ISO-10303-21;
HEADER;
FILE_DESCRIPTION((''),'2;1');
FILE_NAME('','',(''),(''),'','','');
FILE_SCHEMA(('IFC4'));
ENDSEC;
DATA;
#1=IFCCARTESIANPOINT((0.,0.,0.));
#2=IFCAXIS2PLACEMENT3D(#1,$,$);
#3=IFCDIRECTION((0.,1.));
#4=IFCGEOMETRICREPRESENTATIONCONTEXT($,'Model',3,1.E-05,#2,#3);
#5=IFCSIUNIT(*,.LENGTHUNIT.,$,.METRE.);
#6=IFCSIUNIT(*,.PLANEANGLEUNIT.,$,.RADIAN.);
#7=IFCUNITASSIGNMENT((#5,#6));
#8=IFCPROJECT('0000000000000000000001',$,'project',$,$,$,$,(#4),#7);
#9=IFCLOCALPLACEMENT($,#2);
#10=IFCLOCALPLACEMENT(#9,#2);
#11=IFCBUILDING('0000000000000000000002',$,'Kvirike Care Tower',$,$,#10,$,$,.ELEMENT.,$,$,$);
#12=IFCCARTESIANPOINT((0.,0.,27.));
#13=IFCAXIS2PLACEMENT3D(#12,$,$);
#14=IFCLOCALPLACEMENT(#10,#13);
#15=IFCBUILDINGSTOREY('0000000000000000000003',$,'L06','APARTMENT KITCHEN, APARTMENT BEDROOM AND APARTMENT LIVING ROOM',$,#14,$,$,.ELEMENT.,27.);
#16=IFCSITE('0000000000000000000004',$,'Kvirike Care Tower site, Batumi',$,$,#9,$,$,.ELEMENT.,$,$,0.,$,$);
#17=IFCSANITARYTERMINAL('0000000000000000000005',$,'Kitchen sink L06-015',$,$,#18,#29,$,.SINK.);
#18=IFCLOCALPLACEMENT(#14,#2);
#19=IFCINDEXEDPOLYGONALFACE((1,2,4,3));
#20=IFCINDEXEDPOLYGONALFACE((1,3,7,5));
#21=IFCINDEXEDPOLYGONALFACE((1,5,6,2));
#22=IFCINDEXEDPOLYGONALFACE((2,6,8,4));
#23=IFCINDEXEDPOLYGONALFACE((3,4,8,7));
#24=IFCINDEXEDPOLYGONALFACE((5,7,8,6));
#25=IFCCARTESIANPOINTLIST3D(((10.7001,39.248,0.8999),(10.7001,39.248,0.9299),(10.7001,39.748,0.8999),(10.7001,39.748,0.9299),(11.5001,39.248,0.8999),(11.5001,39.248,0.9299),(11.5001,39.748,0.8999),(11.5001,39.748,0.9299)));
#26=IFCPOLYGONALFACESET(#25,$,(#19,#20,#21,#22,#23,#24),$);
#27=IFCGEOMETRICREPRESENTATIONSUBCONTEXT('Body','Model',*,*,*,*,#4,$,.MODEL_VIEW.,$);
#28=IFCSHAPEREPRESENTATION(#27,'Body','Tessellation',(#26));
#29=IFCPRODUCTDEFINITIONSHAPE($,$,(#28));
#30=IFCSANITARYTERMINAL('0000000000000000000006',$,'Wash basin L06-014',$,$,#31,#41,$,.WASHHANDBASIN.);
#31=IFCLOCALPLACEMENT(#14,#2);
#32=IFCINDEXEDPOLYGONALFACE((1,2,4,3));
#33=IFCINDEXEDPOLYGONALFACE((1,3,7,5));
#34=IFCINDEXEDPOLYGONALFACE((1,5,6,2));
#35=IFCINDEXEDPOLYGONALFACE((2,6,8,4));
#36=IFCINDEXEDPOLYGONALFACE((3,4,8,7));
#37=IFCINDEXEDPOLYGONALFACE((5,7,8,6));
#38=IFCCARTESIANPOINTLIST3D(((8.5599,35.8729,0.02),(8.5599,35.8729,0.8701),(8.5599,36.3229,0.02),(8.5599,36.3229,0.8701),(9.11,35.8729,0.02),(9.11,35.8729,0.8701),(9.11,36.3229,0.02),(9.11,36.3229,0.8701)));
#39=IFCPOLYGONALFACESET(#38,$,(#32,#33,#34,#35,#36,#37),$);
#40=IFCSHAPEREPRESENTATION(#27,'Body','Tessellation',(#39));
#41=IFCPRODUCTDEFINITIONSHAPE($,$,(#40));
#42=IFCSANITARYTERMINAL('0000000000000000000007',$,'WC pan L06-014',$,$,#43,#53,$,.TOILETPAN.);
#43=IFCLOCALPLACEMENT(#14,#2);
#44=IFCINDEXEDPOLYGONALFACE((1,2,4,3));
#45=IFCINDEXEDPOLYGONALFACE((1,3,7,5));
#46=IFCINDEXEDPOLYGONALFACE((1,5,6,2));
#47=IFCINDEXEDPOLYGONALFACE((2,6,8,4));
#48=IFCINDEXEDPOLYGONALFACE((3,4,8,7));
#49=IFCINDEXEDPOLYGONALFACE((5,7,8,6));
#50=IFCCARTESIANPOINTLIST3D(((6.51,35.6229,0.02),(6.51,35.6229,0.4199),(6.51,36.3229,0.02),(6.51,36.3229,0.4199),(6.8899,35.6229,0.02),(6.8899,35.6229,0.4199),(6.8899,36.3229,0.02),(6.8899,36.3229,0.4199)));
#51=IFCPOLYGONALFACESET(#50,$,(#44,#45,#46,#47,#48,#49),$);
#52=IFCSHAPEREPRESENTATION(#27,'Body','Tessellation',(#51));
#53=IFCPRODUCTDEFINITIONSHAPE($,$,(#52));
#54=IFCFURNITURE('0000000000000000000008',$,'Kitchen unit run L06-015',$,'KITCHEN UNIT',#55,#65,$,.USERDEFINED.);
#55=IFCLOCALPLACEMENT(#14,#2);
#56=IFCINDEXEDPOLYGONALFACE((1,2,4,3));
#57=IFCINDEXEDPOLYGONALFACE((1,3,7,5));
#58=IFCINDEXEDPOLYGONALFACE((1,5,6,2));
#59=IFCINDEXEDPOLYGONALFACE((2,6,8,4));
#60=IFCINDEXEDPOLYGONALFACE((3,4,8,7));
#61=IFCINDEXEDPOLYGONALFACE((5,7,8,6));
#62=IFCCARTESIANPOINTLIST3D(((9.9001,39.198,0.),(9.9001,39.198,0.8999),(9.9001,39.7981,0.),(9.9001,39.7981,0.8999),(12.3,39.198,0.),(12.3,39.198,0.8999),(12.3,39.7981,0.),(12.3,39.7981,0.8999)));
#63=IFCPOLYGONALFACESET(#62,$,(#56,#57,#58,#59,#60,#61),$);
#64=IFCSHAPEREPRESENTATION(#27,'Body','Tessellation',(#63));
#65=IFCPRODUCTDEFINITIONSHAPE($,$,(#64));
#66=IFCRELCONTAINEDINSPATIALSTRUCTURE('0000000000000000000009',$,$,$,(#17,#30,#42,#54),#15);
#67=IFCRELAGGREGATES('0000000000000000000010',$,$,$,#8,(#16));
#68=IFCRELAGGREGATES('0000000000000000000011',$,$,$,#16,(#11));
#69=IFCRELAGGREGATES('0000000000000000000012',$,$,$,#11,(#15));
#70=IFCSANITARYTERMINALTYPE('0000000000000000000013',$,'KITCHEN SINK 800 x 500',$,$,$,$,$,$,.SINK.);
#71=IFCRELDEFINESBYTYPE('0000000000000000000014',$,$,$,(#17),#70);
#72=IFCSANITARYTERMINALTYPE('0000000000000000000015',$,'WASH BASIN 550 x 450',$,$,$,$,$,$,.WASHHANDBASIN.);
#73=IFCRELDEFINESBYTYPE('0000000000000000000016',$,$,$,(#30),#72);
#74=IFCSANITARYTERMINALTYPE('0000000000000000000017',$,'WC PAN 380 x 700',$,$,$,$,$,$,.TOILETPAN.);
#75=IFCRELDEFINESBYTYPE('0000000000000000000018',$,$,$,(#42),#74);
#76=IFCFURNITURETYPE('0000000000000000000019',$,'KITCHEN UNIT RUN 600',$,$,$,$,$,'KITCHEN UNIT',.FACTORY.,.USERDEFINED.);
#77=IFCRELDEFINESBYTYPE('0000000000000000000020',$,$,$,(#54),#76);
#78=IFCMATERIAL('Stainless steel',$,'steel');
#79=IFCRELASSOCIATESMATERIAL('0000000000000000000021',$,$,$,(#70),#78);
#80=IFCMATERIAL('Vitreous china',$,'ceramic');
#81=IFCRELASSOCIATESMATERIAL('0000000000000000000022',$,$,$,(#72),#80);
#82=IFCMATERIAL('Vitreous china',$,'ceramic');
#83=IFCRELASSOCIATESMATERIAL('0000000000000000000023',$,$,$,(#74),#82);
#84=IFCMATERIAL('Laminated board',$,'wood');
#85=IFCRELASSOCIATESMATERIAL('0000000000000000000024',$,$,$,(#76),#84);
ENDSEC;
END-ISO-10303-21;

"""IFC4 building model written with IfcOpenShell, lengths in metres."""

from ifc_helpers import new_model, si_unit, direction, frame, origin, origin_2d, place, context, subcontext, project, spatial, rectangle, extrude, material, type_object, element, save


model = new_model("IFC4")

# Units and contexts
model_context = context("Model", 3, precision=1e-05, world=origin(), true_north=direction((0.0, 1.0)))
body_context = subcontext(model_context, "Body", "Model", "MODEL_VIEW")
ifc_project = project(units=[si_unit("LENGTHUNIT", "METRE"), si_unit("PLANEANGLEUNIT", "RADIAN")], contexts=[model_context])

# Site, building, storey
site_placement = place(None, origin())
site = spatial("IfcSite", under=ifc_project, at=site_placement, Name="Kvirike Care Tower site, Batumi", CompositionType="ELEMENT", RefElevation=0.0)
building_placement = place(site_placement, origin())
building = spatial("IfcBuilding", under=site, at=building_placement, Name="Kvirike Care Tower", CompositionType="ELEMENT")
storey_placement = place(building_placement, frame((0.0, 0.0, 27.0)))
storey = spatial("IfcBuildingStorey", under=building, at=storey_placement, Name="L06", Description="APARTMENT KITCHEN, APARTMENT BEDROOM AND APARTMENT LIVING ROOM", CompositionType="ELEMENT", Elevation=27.0)

# Sanitary terminals
ifc_material_1 = material(Name="Stainless steel", Category="steel")
sanitary_terminal_type_1 = type_object("IfcSanitaryTerminalType", Name="KITCHEN SINK 800 x 500", PredefinedType="SINK", material=ifc_material_1)
sanitary_terminal_1_placement = place(storey_placement, frame((11.1001, 39.498, 0.8999), z_axis=(0.0, 0.0, 1.0), x_axis=(1.0, 0.0, 0.0)))
element("IfcSanitaryTerminal", 1, at=sanitary_terminal_1_placement, inside=storey, type_object=sanitary_terminal_type_1, Name="Kitchen sink L06-015", PredefinedType="SINK", context=body_context, shape_type="SweptSolid", body=[
    extrude(rectangle(XDim=0.8, YDim=0.5, at=origin_2d()), origin(), (0.0, 0.0, 1.0), 0.03),
])
ifc_material_2 = material(Name="Vitreous china", Category="ceramic")
sanitary_terminal_type_2 = type_object("IfcSanitaryTerminalType", Name="WASH BASIN 550 x 450", PredefinedType="WASHHANDBASIN", material=ifc_material_2)
sanitary_terminal_2_placement = place(storey_placement, frame((8.835, 36.0979, 0.02), z_axis=(0.0, 0.0, 1.0), x_axis=(1.0, 0.0, 0.0)))
element("IfcSanitaryTerminal", 2, at=sanitary_terminal_2_placement, inside=storey, type_object=sanitary_terminal_type_2, Name="Wash basin L06-014", PredefinedType="WASHHANDBASIN", context=body_context, shape_type="SweptSolid", body=[
    extrude(rectangle(XDim=0.55, YDim=0.45, at=origin_2d()), origin(), (0.0, 0.0, 1.0), 0.8501),
])
ifc_material_3 = material(Name="Vitreous china", Category="ceramic")
sanitary_terminal_type_3 = type_object("IfcSanitaryTerminalType", Name="WC PAN 380 x 700", PredefinedType="TOILETPAN", material=ifc_material_3)
sanitary_terminal_3_placement = place(storey_placement, frame((6.7, 35.9729, 0.02), z_axis=(0.0, 0.0, 1.0), x_axis=(1.0, 0.0, 0.0)))
element("IfcSanitaryTerminal", 3, at=sanitary_terminal_3_placement, inside=storey, type_object=sanitary_terminal_type_3, Name="WC pan L06-014", PredefinedType="TOILETPAN", context=body_context, shape_type="SweptSolid", body=[
    extrude(rectangle(XDim=0.3799, YDim=0.7, at=origin_2d()), origin(), (0.0, 0.0, 1.0), 0.3999),
])

# Furniture
ifc_material_4 = material(Name="Laminated board", Category="wood")
furniture_type = type_object("IfcFurnitureType", Name="KITCHEN UNIT RUN 600", ElementType="KITCHEN UNIT", AssemblyPlace="FACTORY", PredefinedType="USERDEFINED", material=ifc_material_4)
furniture_placement = place(storey_placement, frame((11.1001, 39.498, 0.0), z_axis=(0.0, 0.0, 1.0), x_axis=(1.0, 0.0, 0.0)))
element("IfcFurniture", 4, at=furniture_placement, inside=storey, type_object=furniture_type, Name="Kitchen unit run L06-015", ObjectType="KITCHEN UNIT", PredefinedType="USERDEFINED", context=body_context, shape_type="SweptSolid", body=[
    extrude(rectangle(XDim=2.3999, YDim=0.6001, at=origin_2d()), origin(), (0.0, 0.0, 1.0), 0.8999),
])

save(model, "model.ifc")
